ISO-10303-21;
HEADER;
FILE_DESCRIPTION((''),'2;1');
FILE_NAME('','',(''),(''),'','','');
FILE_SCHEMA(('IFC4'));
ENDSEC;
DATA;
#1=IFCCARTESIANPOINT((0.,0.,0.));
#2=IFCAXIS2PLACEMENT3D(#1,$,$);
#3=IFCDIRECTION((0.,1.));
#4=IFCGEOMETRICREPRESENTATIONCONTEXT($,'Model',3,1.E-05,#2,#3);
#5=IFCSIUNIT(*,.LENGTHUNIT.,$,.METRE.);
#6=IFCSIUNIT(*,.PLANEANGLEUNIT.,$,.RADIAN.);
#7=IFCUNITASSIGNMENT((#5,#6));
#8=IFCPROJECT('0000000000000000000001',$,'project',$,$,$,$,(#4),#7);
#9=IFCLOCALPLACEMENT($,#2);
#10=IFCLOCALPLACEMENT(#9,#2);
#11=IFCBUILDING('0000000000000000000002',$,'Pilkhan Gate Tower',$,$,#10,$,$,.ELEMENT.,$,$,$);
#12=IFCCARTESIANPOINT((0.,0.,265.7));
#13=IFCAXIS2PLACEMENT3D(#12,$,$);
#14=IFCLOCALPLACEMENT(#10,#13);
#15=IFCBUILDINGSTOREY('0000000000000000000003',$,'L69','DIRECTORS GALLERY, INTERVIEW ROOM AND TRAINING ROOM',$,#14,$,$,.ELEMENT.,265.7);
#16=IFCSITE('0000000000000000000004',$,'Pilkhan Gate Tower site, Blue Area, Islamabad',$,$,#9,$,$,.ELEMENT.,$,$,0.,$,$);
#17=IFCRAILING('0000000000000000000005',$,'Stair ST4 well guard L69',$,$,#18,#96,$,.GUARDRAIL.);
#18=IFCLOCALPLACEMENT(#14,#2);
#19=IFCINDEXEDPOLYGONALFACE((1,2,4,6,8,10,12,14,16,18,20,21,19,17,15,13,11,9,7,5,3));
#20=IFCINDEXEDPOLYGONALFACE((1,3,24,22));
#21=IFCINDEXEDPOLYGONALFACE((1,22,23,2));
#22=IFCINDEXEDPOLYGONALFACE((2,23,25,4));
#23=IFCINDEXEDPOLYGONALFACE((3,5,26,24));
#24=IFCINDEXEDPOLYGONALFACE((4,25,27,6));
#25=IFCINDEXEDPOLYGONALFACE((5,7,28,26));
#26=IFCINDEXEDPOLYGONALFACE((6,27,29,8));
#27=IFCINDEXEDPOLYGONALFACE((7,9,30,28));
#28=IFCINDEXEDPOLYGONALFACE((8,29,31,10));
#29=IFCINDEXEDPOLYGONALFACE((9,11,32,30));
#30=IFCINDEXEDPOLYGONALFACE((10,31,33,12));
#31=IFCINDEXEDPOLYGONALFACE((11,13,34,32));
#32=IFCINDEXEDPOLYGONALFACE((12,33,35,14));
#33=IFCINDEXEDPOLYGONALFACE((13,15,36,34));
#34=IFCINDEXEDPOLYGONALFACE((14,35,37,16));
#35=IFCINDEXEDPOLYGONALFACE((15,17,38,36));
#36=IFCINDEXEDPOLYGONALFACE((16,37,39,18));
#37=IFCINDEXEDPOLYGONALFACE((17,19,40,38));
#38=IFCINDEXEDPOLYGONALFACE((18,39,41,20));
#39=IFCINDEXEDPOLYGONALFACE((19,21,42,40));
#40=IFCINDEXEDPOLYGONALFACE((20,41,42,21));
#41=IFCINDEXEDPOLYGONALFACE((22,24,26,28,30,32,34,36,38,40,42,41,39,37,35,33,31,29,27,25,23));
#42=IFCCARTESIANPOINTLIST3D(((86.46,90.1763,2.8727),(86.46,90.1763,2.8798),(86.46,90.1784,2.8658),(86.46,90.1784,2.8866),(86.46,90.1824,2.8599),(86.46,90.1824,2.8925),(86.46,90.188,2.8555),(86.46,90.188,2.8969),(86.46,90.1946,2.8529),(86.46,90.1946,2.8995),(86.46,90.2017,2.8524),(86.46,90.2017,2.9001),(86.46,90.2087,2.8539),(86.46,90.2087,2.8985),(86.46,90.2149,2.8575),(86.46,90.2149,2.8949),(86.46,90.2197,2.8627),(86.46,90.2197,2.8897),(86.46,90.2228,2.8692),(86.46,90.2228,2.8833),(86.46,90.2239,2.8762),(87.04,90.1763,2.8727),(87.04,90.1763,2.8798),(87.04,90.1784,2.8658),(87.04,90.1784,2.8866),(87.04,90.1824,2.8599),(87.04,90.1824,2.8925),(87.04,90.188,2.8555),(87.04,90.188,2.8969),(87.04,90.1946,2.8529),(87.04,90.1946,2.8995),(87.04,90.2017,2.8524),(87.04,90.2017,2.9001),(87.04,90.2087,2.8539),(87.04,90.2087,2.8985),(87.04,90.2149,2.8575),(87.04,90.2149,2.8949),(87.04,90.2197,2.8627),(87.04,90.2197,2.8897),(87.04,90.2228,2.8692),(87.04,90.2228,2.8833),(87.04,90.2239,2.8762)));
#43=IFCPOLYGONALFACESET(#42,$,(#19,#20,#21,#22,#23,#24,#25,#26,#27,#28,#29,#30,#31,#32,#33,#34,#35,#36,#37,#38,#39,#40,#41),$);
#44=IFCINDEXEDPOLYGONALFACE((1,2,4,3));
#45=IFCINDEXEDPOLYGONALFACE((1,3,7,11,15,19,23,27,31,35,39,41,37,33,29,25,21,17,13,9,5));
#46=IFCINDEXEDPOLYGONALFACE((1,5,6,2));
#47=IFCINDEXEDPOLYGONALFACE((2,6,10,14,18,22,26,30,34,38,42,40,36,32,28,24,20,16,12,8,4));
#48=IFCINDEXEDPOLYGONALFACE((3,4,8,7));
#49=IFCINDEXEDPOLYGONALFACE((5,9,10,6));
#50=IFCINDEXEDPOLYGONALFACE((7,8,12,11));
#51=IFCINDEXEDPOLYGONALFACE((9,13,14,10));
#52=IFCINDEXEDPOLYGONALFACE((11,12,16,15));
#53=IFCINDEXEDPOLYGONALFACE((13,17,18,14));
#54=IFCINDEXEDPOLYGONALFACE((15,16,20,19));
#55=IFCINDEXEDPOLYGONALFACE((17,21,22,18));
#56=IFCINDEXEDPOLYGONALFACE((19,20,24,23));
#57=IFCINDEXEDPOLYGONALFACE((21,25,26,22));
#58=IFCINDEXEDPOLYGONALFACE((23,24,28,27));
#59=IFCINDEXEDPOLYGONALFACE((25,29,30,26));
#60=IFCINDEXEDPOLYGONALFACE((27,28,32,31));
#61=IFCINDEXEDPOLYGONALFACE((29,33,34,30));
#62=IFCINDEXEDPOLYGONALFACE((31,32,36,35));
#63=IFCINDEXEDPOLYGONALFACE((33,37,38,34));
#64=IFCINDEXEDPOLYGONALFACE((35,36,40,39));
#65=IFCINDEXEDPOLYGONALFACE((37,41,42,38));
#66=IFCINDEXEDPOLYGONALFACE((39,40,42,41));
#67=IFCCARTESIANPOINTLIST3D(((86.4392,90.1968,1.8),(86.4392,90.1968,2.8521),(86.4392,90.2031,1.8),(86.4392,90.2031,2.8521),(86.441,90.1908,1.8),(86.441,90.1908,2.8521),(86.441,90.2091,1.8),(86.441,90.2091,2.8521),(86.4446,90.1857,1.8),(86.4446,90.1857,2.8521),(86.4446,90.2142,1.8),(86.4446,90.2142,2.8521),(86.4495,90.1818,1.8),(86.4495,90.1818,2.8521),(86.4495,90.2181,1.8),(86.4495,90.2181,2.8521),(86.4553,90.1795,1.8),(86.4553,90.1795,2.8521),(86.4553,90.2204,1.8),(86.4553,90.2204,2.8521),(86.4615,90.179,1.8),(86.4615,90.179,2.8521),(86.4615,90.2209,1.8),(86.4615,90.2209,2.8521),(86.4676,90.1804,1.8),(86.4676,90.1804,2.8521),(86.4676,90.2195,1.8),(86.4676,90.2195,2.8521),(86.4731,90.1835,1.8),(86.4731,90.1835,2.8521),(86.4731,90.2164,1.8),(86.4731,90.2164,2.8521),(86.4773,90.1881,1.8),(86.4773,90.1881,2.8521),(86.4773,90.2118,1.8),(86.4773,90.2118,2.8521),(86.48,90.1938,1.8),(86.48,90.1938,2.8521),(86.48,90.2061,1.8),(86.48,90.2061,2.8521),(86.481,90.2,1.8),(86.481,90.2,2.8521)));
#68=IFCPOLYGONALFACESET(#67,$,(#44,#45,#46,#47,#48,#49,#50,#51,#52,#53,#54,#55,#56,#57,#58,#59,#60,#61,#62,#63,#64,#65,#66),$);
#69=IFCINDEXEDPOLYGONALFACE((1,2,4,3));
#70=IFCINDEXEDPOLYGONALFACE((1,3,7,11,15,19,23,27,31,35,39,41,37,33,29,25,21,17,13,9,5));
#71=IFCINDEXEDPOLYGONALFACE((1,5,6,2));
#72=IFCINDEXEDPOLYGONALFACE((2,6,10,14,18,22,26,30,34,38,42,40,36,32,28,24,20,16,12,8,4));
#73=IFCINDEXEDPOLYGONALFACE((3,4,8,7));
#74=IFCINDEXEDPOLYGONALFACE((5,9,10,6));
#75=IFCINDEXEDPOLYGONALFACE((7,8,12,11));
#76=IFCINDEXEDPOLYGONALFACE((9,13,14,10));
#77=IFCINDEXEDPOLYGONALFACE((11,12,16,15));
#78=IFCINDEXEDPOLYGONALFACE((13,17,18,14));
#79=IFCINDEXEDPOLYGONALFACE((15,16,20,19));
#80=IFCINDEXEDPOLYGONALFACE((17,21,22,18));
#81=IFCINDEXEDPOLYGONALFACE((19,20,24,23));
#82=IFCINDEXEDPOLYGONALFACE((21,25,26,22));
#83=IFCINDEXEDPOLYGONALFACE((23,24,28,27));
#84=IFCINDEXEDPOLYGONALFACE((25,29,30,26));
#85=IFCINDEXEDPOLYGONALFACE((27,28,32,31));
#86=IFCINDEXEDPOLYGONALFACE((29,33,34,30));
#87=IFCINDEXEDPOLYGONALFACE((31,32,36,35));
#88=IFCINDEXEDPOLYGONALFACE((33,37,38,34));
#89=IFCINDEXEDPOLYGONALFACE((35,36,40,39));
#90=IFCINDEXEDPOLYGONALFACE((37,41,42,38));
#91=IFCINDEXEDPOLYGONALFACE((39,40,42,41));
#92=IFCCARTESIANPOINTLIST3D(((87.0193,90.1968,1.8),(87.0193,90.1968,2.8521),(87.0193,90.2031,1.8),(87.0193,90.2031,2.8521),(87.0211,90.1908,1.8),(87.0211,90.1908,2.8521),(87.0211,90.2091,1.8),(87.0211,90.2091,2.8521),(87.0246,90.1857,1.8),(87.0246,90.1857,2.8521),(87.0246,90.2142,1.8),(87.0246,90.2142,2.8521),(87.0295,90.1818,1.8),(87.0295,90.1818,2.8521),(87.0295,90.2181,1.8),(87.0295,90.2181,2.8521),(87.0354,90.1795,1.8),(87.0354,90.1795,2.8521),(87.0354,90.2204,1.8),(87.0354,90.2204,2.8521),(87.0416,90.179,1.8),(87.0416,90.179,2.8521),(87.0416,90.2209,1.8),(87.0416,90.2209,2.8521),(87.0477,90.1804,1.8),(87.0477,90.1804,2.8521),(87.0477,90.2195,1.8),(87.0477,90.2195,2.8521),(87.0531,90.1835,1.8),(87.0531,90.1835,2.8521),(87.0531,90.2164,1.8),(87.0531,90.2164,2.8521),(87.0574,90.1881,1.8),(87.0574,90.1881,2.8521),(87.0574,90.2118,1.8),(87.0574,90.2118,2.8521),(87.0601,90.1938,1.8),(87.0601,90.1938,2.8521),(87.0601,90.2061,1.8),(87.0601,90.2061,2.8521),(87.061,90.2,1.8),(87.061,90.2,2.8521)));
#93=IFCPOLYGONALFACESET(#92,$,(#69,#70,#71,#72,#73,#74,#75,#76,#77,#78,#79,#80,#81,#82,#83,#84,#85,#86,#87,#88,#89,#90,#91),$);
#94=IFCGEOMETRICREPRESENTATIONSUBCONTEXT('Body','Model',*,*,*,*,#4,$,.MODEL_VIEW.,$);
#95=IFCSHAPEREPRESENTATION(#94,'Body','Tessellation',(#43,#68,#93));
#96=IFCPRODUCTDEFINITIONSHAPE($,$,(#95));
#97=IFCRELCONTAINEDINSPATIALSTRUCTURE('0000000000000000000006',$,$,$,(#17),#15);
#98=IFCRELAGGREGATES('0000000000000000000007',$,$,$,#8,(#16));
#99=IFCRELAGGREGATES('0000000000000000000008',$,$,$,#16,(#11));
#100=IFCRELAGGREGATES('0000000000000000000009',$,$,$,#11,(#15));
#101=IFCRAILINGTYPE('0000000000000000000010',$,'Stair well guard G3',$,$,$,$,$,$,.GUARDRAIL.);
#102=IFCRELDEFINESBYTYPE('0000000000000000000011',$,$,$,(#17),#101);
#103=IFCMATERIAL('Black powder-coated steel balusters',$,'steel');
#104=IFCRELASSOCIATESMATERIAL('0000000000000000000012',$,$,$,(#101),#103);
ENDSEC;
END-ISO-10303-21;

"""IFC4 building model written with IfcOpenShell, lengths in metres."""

from ifc_helpers import new_model, si_unit, direction, frame, origin, origin_2d, place, context, subcontext, project, spatial, circle, extrude, material, type_object, element, save


model = new_model("IFC4")

# Units and contexts
model_context = context("Model", 3, precision=1e-05, world=origin(), true_north=direction((0.0, 1.0)))
body_context = subcontext(model_context, "Body", "Model", "MODEL_VIEW")
ifc_project = project(units=[si_unit("LENGTHUNIT", "METRE"), si_unit("PLANEANGLEUNIT", "RADIAN")], contexts=[model_context])

# Site, building, storey
site_placement = place(None, origin())
site = spatial("IfcSite", under=ifc_project, at=site_placement, Name="Pilkhan Gate Tower site, Blue Area, Islamabad", CompositionType="ELEMENT", RefElevation=0.0)
building_placement = place(site_placement, origin())
building = spatial("IfcBuilding", under=site, at=building_placement, Name="Pilkhan Gate Tower", CompositionType="ELEMENT")
storey_placement = place(building_placement, frame((0.0, 0.0, 265.7)))
storey = spatial("IfcBuildingStorey", under=building, at=storey_placement, Name="L69", Description="DIRECTORS GALLERY, INTERVIEW ROOM AND TRAINING ROOM", CompositionType="ELEMENT", Elevation=265.7)

# Railing
ifc_material_1 = material(Name="Black powder-coated steel balusters", Category="steel")
railing_type_1 = type_object("IfcRailingType", Name="Stair well guard G3", PredefinedType="GUARDRAIL", material=ifc_material_1)
for number, where, name in (
    (1, (86.46, 90.2, 1.8), "Stair ST4 well guard L69"),
):
    element("IfcRailing", number, at=place(storey_placement, frame(where)), inside=storey, type_object=railing_type_1, Name=name, PredefinedType="GUARDRAIL", context=body_context, shape_type="SweptSolid", body=[
        extrude(circle(Radius=0.0239, at=origin_2d()), frame((0.0, 0.0, 1.0762), z_axis=(1.0, 0.0, 0.0), x_axis=(0.0, 1.0, 0.0)), (0.0, 0.0, 1.0), 0.5801),
        extrude(circle(Radius=0.021, at=origin_2d()), origin(), (0.0, 0.0, 1.0), 1.052),
        extrude(circle(Radius=0.021, at=origin_2d()), frame((0.5801, 0.0, 0.0)), (0.0, 0.0, 1.0), 1.052),
    ])

save(model, "model.ifc")
